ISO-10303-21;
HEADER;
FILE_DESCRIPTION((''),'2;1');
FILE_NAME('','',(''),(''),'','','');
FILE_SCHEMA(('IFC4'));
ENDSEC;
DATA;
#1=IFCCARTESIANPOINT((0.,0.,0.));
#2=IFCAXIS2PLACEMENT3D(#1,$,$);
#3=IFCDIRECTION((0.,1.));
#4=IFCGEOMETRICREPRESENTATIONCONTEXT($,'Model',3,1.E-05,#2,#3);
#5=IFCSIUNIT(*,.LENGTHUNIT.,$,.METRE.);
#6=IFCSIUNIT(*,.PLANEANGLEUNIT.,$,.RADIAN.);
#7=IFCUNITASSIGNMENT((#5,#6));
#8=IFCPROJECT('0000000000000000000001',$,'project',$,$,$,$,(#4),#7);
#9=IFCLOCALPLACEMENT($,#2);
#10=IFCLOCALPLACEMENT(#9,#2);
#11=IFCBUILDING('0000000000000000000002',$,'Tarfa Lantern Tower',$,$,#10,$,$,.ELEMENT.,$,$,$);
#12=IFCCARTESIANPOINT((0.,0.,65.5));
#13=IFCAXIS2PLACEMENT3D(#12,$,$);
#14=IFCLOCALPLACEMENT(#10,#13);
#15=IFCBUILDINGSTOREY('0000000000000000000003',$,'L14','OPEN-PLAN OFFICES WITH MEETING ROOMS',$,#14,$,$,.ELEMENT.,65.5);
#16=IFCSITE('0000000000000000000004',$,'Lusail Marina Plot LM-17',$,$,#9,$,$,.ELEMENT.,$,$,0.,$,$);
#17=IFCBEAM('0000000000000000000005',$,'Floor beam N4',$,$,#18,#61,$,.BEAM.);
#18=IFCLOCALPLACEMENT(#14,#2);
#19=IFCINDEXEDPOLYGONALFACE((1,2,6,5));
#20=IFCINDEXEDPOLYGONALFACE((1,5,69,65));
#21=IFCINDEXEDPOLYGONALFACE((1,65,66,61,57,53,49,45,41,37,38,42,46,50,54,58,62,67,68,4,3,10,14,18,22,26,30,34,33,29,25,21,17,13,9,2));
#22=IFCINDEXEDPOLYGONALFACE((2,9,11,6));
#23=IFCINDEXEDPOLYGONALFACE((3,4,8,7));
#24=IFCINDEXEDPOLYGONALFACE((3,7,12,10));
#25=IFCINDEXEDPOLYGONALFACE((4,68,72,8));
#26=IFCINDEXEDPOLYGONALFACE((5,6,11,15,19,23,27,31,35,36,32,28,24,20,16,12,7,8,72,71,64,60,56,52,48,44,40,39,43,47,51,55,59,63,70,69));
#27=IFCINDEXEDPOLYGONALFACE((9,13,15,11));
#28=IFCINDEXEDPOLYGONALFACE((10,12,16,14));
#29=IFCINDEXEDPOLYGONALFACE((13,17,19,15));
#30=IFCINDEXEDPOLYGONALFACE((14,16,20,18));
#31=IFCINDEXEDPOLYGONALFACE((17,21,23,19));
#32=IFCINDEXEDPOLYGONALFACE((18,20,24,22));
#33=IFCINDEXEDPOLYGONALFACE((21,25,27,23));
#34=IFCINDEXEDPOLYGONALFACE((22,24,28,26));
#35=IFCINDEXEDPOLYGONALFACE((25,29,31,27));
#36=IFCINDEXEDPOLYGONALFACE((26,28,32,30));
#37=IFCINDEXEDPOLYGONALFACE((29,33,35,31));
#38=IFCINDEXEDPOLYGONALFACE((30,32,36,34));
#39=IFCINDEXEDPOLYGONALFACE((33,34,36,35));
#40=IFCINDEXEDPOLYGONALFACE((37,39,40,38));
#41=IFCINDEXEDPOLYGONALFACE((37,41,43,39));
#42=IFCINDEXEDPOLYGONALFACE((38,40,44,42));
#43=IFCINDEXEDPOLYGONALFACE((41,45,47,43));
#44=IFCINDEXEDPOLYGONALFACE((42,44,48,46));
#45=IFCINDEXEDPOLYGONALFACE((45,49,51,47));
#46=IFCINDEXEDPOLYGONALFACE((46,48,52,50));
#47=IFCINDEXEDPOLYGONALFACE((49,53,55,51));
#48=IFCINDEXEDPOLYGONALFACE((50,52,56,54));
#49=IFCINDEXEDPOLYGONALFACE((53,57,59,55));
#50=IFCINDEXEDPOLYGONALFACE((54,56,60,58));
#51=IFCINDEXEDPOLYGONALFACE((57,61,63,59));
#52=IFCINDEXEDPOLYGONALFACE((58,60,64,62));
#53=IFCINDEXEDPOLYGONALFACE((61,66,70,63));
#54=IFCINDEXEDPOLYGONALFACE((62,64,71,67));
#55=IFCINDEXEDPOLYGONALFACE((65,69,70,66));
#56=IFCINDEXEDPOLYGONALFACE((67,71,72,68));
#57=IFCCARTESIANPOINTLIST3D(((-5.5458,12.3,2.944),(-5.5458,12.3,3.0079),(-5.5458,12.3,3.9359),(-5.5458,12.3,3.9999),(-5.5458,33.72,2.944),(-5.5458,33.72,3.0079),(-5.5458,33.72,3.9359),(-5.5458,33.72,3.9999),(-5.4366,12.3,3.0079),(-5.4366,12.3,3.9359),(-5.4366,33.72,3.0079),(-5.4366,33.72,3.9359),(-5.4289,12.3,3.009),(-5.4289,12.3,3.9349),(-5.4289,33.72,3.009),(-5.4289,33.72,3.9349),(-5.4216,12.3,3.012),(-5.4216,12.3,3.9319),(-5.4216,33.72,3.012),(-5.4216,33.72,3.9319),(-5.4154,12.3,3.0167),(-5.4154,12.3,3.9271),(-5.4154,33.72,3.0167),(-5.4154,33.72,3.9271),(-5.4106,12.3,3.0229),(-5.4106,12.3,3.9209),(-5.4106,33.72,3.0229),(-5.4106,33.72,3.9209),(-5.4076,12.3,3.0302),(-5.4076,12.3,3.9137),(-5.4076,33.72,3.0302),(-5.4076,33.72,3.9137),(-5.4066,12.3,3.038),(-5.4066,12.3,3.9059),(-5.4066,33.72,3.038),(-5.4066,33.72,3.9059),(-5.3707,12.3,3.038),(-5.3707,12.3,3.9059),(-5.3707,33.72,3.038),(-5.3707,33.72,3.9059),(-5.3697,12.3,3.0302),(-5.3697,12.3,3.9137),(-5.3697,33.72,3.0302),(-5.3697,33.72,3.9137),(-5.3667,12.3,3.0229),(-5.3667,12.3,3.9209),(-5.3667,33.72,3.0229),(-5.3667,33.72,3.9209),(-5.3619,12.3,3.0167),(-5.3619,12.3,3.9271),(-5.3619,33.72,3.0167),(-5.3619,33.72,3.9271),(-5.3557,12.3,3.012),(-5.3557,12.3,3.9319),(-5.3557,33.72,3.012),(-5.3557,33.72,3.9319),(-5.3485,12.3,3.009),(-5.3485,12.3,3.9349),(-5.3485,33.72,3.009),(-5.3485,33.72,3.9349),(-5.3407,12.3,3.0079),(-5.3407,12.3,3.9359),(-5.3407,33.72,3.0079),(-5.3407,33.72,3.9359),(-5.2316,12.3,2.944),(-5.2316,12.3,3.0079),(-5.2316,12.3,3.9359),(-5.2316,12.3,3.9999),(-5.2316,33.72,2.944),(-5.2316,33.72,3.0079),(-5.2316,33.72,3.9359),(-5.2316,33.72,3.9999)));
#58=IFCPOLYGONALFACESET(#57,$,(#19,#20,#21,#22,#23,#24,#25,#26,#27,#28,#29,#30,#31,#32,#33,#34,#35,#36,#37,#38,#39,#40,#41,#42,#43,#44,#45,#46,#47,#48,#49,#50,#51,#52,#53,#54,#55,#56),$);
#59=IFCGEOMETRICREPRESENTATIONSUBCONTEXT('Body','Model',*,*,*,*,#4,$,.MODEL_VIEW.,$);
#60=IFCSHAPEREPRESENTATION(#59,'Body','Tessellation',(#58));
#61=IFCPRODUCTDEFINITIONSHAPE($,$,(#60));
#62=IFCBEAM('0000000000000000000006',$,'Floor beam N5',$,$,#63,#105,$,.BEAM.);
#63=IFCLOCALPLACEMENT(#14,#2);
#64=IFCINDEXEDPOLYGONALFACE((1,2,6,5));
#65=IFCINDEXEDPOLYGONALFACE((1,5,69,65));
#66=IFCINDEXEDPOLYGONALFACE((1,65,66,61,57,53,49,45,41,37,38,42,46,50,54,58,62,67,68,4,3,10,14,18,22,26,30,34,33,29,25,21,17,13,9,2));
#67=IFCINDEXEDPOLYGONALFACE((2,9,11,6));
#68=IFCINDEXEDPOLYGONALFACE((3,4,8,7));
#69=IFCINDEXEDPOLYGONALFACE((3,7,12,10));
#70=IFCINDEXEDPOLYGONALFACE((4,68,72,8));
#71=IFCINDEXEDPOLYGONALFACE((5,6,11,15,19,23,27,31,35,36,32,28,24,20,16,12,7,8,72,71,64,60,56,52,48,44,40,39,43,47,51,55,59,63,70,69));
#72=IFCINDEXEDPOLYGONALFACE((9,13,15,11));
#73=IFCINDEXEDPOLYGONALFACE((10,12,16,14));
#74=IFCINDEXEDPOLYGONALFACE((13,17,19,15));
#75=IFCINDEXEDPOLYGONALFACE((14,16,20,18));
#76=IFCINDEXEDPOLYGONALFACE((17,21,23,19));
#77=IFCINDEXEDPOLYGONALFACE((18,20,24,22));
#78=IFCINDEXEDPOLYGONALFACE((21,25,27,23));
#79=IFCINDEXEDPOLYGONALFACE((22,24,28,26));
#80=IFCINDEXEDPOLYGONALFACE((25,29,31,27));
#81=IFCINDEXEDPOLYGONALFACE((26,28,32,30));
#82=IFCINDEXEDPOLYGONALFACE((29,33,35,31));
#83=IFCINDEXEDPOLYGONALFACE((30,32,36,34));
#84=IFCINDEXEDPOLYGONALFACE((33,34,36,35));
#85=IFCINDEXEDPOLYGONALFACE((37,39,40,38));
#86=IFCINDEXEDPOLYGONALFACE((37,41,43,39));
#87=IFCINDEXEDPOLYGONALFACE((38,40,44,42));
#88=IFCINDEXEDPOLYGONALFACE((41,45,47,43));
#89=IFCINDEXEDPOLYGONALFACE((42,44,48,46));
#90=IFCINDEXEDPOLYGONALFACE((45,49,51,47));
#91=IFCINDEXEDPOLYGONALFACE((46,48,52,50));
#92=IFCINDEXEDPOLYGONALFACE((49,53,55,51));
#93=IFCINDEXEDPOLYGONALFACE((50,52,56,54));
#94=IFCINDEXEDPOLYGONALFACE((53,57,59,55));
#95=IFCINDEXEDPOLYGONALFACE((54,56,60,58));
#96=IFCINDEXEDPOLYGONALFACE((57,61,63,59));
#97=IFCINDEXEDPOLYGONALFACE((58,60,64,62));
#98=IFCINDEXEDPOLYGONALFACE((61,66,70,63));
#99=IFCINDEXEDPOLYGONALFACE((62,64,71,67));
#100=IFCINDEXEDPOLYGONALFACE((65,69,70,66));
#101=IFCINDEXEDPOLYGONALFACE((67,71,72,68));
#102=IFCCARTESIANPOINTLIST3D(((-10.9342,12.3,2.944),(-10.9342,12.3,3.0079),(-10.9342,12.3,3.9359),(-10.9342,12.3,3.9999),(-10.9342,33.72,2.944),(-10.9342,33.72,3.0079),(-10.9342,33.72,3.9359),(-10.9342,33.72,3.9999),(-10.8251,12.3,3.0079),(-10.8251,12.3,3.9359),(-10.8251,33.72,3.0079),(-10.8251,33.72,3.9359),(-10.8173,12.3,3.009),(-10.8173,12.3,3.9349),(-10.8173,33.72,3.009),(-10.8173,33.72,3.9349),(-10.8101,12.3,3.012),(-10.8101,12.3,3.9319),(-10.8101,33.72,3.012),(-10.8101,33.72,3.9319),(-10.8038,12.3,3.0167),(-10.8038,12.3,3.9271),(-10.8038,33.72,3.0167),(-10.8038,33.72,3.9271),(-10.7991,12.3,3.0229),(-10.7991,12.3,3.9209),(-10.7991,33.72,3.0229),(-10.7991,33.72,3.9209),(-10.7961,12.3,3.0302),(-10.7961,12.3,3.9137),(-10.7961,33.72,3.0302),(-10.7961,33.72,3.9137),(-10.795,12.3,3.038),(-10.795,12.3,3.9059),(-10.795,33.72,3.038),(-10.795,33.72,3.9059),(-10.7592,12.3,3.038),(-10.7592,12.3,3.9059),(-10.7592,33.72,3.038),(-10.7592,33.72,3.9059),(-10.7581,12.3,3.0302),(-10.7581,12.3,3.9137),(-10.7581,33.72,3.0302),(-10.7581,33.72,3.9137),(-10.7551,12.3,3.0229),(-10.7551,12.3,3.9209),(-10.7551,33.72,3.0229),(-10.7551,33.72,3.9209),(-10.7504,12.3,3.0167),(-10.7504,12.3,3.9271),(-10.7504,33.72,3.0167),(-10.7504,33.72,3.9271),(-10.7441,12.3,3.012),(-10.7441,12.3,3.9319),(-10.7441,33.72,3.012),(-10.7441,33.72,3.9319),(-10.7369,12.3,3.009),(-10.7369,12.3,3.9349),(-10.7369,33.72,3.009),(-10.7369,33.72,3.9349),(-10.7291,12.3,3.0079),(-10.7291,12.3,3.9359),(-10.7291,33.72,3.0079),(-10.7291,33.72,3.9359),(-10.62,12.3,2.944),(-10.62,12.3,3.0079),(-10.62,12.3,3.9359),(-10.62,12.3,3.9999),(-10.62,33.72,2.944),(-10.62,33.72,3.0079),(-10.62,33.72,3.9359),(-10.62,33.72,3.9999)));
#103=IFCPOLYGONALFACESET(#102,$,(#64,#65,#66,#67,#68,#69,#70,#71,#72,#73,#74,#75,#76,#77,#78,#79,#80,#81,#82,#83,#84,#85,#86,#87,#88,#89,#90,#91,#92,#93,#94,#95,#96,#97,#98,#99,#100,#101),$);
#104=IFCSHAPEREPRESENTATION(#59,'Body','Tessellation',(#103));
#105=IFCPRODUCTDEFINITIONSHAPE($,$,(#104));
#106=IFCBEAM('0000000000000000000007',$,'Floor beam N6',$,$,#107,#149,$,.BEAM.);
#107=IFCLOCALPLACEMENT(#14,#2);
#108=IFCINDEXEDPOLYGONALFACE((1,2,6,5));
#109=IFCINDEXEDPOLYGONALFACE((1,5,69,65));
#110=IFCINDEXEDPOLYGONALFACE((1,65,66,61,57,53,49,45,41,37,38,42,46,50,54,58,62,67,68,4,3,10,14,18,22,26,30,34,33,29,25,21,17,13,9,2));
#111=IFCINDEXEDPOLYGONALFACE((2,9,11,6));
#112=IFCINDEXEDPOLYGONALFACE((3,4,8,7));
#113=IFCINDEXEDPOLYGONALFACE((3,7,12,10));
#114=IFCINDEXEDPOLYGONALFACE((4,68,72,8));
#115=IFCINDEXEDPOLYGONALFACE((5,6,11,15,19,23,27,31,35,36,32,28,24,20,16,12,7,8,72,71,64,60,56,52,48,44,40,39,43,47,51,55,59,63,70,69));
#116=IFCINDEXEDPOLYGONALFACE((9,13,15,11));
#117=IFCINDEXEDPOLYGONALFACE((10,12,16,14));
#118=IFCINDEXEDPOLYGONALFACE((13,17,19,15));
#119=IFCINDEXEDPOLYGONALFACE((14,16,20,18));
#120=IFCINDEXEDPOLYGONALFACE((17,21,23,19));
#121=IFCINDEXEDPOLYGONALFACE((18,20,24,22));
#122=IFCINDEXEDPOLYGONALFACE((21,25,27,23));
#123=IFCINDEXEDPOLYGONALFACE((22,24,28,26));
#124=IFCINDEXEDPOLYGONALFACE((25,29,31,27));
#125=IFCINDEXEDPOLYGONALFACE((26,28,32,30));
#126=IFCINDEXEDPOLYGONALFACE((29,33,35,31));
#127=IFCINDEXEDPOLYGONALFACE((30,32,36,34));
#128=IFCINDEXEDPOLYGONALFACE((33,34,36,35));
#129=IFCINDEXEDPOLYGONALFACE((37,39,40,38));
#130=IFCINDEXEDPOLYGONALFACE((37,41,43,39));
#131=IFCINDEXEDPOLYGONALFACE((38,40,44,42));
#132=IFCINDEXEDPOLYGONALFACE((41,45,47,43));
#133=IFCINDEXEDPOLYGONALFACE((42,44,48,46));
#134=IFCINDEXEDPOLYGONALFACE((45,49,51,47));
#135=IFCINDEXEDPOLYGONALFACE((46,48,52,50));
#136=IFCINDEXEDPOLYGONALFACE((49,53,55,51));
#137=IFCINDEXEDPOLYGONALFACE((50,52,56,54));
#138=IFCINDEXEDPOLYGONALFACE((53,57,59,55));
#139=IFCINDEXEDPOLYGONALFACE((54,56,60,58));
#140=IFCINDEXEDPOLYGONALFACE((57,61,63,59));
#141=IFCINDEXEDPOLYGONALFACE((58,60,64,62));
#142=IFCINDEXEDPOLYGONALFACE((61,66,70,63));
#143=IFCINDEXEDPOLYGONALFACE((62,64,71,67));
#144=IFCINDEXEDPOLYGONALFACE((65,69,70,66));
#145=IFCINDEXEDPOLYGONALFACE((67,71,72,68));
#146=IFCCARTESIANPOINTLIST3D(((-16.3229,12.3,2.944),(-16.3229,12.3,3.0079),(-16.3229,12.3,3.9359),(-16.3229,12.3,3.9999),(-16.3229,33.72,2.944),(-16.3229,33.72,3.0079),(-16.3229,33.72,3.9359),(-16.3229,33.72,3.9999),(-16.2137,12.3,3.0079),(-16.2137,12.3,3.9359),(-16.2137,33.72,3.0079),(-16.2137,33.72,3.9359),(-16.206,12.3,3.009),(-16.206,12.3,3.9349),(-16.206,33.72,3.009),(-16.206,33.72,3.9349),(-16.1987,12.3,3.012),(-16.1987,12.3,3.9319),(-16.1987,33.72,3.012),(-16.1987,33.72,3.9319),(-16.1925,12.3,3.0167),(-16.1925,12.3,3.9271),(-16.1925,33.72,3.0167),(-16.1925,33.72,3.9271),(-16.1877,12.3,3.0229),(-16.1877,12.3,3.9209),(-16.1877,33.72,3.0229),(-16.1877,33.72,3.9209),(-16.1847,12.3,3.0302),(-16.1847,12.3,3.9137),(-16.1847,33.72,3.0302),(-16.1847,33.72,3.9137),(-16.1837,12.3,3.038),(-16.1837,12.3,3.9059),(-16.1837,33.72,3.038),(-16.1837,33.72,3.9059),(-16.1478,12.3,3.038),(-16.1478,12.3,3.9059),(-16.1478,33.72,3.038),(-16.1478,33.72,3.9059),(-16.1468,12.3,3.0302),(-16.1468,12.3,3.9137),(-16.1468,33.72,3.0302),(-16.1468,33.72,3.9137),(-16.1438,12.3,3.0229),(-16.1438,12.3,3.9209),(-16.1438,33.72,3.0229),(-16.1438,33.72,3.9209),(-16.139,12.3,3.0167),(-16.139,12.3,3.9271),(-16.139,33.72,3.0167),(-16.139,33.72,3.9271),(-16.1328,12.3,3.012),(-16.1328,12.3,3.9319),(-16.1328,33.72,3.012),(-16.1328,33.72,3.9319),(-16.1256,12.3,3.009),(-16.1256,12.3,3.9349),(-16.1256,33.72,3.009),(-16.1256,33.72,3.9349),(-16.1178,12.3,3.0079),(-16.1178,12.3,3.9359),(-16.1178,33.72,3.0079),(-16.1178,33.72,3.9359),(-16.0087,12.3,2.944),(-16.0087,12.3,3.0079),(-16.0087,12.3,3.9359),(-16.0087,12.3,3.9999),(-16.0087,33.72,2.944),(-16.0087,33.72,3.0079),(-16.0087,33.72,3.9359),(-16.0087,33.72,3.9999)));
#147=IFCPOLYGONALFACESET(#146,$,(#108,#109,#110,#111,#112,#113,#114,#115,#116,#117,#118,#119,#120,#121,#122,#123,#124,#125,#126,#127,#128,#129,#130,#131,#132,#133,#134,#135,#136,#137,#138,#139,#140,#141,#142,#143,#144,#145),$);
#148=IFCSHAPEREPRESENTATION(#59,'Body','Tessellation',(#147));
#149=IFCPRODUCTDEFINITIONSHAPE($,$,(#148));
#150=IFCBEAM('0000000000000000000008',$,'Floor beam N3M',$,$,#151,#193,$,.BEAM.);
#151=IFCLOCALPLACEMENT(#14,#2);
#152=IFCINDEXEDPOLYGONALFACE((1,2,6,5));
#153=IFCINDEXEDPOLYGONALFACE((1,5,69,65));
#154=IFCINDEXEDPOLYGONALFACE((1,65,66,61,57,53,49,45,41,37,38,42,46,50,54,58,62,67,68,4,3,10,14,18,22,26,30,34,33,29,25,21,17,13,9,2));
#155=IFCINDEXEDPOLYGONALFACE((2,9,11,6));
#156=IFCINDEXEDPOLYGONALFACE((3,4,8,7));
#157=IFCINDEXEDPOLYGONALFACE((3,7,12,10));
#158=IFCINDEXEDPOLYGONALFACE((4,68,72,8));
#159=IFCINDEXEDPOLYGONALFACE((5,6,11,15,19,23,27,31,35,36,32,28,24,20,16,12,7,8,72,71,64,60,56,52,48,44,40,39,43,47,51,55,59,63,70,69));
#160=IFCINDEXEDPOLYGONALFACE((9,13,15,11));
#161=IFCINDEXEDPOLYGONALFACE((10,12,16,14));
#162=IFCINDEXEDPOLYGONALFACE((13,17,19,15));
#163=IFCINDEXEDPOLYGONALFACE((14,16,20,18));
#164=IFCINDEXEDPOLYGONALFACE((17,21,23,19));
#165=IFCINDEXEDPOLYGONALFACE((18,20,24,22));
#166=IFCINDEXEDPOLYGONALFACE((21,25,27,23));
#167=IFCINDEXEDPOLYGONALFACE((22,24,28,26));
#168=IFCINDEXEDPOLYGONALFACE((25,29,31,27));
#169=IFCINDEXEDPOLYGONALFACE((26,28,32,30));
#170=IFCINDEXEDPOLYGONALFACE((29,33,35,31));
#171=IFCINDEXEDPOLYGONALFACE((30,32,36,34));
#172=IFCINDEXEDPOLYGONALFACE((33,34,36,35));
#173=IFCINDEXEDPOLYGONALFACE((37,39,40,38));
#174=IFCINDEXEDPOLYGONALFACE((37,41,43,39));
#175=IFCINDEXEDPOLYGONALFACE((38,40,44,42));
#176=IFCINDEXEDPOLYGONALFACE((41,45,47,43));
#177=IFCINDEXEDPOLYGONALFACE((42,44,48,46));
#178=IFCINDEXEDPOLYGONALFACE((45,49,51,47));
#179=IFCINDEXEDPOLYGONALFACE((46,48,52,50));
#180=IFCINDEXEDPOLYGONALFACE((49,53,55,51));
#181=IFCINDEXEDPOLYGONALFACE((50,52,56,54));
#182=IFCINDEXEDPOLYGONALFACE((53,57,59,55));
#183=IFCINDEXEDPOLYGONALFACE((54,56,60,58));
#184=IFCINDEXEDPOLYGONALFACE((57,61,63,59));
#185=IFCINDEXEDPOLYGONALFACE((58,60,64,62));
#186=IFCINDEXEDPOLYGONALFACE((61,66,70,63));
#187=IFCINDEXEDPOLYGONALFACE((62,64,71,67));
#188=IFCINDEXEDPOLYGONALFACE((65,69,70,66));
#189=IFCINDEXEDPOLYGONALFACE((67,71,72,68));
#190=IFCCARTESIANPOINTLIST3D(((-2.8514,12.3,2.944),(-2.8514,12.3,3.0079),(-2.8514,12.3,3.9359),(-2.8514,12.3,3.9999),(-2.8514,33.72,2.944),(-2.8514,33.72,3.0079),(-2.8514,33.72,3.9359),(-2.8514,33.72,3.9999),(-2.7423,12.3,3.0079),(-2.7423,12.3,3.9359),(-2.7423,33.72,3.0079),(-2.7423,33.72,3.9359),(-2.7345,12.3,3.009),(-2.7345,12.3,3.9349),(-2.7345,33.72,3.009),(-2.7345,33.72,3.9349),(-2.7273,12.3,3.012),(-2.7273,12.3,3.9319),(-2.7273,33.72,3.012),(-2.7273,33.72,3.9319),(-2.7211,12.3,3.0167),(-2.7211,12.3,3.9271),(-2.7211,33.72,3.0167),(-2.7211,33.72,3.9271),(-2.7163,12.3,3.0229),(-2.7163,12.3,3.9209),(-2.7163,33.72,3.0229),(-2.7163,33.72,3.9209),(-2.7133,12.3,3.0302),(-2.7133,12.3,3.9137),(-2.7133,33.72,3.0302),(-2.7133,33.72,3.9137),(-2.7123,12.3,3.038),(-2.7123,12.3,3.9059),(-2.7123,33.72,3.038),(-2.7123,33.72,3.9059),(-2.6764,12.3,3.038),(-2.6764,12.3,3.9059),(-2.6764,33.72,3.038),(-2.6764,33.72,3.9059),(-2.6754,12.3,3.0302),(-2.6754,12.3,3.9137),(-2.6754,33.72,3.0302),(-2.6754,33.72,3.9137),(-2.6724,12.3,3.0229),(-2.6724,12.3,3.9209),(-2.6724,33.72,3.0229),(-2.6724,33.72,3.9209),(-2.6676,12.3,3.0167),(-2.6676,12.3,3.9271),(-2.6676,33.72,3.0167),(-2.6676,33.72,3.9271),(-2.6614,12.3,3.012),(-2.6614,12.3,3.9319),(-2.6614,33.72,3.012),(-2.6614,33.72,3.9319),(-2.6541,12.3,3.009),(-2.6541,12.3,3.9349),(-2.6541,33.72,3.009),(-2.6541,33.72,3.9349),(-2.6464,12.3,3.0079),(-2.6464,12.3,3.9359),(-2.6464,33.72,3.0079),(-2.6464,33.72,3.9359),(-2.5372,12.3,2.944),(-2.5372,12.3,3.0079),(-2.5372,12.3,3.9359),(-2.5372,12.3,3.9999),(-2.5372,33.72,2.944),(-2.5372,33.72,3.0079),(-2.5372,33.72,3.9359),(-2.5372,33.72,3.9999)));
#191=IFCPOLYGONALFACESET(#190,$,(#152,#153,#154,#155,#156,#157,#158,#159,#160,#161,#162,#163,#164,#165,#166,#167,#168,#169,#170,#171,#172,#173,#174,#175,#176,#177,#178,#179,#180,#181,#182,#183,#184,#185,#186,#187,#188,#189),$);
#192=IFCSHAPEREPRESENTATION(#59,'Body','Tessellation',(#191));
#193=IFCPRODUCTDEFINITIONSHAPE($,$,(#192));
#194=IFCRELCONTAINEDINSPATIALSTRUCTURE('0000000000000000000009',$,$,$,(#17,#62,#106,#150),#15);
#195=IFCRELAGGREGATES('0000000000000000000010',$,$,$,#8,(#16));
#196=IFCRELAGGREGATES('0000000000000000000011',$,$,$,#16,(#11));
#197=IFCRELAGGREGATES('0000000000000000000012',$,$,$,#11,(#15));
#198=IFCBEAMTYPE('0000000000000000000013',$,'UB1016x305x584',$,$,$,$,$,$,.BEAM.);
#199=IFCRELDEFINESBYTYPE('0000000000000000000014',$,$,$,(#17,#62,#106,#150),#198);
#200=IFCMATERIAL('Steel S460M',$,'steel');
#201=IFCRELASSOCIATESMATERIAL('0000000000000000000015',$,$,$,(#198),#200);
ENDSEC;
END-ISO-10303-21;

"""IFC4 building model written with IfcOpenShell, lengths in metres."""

from ifc_helpers import new_model, si_unit, direction, frame, origin, origin_2d, place, context, subcontext, project, spatial, i_section, extrude, material, material_profile, profile_set, type_object, element, save


model = new_model("IFC4")

# Units and contexts
model_context = context("Model", 3, precision=1e-05, world=origin(), true_north=direction((0.0, 1.0)))
body_context = subcontext(model_context, "Body", "Model", "MODEL_VIEW")
ifc_project = project(units=[si_unit("LENGTHUNIT", "METRE"), si_unit("PLANEANGLEUNIT", "RADIAN")], contexts=[model_context])

# Site, building, storey
site_placement = place(None, origin())
site = spatial("IfcSite", under=ifc_project, at=site_placement, Name="Lusail Marina Plot LM-17", CompositionType="ELEMENT", RefElevation=0.0)
building_placement = place(site_placement, origin())
building = spatial("IfcBuilding", under=site, at=building_placement, Name="Tarfa Lantern Tower", CompositionType="ELEMENT")
storey_placement = place(building_placement, frame((0.0, 0.0, 65.5)))
storey = spatial("IfcBuildingStorey", under=building, at=storey_placement, Name="L14", Description="OPEN-PLAN OFFICES WITH MEETING ROOMS", CompositionType="ELEMENT", Elevation=65.5)

# Beams
ifc_material_1 = material(Name="Steel S460M", Category="steel")
ifc_material_profile_1 = material_profile(ifc_material_1, i_section(OverallWidth=0.3142, OverallDepth=1.0559, WebThickness=0.0359, FlangeThickness=0.064, FilletRadius=0.03, at=origin_2d()), Name="UB1016x305x584")
ifc_profile_set_1 = profile_set([ifc_material_profile_1], Name="Steel S460M")
beam_type_1 = type_object("IfcBeamType", Name="UB1016x305x584", PredefinedType="BEAM", material=ifc_profile_set_1)
for number, where, z_axis, x_axis, name in (
    (1, (-5.3887, 33.72, 3.4719), (0.0, -1.0, 0.0), (1.0, 0.0, 0.0), "Floor beam N4"),
    (2, (-10.7771, 33.72, 3.4719), (0.0, -1.0, 0.0), (1.0, 0.0, 0.0), "Floor beam N5"),
    (3, (-16.1658, 33.72, 3.4719), (0.0, -1.0, 0.0), (1.0, 0.0, 0.0), "Floor beam N6"),
    (4, (-2.6943, 33.72, 3.4719), (0.0, -1.0, 0.0), (1.0, 0.0, 0.0), "Floor beam N3M"),
):
    element("IfcBeam", number, at=place(storey_placement, frame(where, z_axis=z_axis, x_axis=x_axis)), inside=storey, type_object=beam_type_1, Name=name, PredefinedType="BEAM", context=body_context, shape_type="SweptSolid", body=[
        extrude(i_section(OverallWidth=0.3142, OverallDepth=1.0559, WebThickness=0.0359, FlangeThickness=0.064, FilletRadius=0.03, at=origin_2d()), origin(), (0.0, 0.0, 1.0), 21.4199),
    ])

save(model, "model.ifc")
